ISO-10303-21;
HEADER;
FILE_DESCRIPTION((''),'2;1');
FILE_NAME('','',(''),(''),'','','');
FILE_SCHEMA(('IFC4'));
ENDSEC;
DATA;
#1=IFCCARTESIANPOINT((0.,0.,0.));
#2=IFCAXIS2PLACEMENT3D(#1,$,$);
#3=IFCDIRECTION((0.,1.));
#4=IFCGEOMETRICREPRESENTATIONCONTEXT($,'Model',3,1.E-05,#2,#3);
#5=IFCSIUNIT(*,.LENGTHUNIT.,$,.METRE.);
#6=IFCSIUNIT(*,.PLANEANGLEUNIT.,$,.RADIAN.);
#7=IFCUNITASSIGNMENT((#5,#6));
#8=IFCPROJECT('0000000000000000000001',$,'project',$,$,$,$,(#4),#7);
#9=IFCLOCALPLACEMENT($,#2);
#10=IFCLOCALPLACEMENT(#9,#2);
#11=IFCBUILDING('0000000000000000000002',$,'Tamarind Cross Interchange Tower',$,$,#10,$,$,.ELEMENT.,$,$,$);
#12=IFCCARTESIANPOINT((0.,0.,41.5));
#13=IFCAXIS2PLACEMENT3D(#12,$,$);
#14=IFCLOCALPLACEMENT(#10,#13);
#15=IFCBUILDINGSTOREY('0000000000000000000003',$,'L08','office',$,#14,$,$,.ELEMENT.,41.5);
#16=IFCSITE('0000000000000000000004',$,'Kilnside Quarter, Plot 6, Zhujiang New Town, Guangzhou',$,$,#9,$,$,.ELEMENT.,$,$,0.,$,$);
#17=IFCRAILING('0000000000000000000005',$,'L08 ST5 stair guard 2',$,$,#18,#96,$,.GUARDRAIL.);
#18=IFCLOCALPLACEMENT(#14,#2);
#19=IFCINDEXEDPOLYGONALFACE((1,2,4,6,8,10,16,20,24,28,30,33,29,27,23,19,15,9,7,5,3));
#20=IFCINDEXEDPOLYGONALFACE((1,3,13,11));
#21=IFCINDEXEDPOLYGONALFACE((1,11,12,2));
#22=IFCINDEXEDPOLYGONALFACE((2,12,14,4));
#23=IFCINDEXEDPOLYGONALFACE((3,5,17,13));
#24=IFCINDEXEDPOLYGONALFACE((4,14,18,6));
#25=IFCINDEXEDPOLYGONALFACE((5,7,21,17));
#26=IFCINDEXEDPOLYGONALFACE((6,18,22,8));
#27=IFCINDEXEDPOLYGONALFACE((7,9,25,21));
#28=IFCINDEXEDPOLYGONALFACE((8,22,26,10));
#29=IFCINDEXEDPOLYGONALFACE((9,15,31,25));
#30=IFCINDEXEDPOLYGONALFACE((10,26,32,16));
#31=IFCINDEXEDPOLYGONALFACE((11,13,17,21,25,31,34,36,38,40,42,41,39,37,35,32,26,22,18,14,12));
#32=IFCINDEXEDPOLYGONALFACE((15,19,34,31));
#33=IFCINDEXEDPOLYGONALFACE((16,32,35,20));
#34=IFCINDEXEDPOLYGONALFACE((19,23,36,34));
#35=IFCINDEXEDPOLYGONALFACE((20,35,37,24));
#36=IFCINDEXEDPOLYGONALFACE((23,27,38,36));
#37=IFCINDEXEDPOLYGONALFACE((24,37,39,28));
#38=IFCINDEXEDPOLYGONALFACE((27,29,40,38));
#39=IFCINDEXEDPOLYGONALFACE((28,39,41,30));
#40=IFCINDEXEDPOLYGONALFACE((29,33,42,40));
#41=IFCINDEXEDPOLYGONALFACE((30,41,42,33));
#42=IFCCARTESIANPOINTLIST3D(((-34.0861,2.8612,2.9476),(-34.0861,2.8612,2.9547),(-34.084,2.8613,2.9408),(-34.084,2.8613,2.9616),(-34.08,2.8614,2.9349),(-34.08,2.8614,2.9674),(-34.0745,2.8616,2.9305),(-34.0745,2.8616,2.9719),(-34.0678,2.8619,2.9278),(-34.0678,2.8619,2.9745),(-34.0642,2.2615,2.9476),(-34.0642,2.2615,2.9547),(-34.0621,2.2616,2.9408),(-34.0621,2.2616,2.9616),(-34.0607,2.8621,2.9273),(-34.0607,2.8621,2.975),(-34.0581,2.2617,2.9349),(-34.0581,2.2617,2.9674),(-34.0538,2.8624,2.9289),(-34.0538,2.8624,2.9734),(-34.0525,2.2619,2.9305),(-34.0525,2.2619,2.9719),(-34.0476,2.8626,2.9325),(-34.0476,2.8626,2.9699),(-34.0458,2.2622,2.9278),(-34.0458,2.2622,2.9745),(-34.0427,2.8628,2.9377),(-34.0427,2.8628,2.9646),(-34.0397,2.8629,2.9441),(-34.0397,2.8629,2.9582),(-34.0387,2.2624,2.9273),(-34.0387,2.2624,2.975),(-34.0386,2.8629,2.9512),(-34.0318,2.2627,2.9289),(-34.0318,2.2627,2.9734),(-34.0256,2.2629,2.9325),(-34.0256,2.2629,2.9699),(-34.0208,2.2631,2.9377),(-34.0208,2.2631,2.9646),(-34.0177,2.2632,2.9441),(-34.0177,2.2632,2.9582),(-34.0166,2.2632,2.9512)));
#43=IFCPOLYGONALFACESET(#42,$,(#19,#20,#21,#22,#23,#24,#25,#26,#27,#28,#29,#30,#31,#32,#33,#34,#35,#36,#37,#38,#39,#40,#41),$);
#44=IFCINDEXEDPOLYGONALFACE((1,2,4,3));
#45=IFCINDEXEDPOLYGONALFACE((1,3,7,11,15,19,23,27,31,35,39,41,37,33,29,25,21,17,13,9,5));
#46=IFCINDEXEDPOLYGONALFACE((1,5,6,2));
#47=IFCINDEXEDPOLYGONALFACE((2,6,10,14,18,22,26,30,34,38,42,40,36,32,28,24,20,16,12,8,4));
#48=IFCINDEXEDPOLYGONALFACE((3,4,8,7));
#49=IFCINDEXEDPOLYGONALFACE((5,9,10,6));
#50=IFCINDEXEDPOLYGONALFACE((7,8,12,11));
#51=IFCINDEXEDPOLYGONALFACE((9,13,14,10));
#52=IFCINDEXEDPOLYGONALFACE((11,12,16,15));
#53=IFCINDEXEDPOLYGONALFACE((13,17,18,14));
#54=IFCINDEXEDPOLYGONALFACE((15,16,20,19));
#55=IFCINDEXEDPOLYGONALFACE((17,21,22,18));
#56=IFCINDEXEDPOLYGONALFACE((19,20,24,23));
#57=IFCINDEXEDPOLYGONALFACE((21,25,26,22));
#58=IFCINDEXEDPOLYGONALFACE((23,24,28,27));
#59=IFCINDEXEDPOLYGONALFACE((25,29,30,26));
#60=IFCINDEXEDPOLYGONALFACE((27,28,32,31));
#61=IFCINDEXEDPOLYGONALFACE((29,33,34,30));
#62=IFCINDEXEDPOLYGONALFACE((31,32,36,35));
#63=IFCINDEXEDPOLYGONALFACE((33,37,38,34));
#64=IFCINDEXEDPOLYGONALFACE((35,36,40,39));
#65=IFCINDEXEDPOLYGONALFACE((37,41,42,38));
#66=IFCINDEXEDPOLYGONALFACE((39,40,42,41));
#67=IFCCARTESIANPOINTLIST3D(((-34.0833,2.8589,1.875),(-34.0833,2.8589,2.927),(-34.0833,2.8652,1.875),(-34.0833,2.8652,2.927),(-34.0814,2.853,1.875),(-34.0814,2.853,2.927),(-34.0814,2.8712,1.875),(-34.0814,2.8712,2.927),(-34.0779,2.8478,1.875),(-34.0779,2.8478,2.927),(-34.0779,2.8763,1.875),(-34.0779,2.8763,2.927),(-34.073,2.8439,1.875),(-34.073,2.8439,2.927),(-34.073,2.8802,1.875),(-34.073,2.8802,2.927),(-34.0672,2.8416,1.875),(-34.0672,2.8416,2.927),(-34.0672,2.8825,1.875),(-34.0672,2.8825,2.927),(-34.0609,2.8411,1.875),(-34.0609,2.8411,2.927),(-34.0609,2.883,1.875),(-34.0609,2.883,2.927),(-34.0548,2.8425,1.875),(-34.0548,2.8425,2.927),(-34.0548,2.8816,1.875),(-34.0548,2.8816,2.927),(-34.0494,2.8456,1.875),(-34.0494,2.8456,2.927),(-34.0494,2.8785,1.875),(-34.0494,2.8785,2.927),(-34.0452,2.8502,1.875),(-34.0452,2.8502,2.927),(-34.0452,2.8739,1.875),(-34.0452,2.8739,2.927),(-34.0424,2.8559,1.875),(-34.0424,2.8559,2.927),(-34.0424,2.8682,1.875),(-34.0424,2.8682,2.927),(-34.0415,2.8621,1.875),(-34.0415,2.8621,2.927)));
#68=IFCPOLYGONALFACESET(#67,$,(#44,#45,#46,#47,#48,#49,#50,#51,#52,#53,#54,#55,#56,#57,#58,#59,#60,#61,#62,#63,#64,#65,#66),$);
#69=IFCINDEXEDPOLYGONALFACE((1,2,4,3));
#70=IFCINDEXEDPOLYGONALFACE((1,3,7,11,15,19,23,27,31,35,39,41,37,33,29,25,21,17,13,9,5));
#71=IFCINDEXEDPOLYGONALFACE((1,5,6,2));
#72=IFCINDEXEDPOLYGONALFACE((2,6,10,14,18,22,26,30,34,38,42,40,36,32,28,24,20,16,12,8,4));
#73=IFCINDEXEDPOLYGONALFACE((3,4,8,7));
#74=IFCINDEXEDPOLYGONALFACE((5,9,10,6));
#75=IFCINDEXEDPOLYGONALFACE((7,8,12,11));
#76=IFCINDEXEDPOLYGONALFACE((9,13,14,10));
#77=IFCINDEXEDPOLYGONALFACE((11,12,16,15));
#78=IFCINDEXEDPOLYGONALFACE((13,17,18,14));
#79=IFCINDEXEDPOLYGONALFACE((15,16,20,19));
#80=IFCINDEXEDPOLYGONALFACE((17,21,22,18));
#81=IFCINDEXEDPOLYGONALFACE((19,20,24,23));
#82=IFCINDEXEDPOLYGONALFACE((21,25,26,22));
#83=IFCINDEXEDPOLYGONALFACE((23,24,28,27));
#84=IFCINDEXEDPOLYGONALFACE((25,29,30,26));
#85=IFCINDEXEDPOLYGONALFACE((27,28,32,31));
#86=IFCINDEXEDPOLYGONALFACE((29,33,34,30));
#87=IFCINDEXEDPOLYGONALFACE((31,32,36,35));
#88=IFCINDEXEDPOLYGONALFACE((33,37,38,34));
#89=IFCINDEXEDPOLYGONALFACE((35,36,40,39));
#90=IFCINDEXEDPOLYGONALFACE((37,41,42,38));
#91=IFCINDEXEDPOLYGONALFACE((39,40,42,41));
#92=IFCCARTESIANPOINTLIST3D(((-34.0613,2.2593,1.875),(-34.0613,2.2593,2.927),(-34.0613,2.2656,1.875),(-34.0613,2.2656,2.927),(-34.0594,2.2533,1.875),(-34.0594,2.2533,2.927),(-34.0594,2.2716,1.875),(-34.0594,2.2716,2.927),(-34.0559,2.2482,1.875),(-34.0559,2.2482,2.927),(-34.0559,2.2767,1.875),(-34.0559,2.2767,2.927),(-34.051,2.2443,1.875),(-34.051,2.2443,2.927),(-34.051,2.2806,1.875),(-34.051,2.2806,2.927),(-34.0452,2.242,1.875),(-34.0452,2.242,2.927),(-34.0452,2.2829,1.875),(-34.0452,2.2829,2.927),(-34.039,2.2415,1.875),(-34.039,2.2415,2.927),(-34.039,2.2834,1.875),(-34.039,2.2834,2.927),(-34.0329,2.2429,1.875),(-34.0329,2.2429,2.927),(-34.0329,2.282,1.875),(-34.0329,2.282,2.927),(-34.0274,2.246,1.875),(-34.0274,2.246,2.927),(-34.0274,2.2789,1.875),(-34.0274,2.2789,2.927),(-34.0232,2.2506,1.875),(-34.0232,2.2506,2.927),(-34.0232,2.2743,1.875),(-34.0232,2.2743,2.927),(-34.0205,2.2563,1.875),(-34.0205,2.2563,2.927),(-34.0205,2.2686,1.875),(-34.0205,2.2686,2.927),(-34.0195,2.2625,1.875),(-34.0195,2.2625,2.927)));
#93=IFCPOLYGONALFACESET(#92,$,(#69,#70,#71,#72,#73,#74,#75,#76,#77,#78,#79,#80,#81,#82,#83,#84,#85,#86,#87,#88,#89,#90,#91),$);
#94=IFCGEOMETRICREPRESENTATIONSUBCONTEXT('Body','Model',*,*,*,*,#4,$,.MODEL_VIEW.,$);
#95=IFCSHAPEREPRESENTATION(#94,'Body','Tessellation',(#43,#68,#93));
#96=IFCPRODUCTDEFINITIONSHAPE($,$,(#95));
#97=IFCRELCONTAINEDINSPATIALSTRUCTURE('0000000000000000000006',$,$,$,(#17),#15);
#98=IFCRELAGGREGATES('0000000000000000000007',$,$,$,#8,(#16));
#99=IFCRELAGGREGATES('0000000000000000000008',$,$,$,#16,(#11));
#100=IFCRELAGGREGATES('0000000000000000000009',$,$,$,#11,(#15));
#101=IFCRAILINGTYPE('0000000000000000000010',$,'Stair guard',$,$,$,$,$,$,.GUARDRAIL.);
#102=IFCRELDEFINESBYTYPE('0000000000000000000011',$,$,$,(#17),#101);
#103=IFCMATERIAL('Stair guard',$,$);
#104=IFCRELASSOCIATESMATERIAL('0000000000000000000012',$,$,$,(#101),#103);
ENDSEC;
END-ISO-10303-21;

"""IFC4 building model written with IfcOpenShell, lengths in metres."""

from ifc_helpers import new_model, si_unit, direction, frame, origin, origin_2d, place, context, subcontext, project, spatial, circle, extrude, material, type_object, element, save


model = new_model("IFC4")

# Units and contexts
model_context = context("Model", 3, precision=1e-05, world=origin(), true_north=direction((0.0, 1.0)))
body_context = subcontext(model_context, "Body", "Model", "MODEL_VIEW")
ifc_project = project(units=[si_unit("LENGTHUNIT", "METRE"), si_unit("PLANEANGLEUNIT", "RADIAN")], contexts=[model_context])

# Site, building, storey
site_placement = place(None, origin())
site = spatial("IfcSite", under=ifc_project, at=site_placement, Name="Kilnside Quarter, Plot 6, Zhujiang New Town, Guangzhou", CompositionType="ELEMENT", RefElevation=0.0)
building_placement = place(site_placement, origin())
building = spatial("IfcBuilding", under=site, at=building_placement, Name="Tamarind Cross Interchange Tower", CompositionType="ELEMENT")
storey_placement = place(building_placement, frame((0.0, 0.0, 41.5)))
storey = spatial("IfcBuildingStorey", under=building, at=storey_placement, Name="L08", Description="office", CompositionType="ELEMENT", Elevation=41.5)

# Railing
ifc_material_1 = material(Name="Stair guard")
railing_type_1 = type_object("IfcRailingType", Name="Stair guard", PredefinedType="GUARDRAIL", material=ifc_material_1)
railing_1_placement = place(storey_placement, frame((-34.0625, 2.8621, 1.875)))
element("IfcRailing", 1, at=railing_1_placement, inside=storey, type_object=railing_type_1, Name="L08 ST5 stair guard 2", PredefinedType="GUARDRAIL", context=body_context, shape_type="SweptSolid", body=[
    extrude(circle(Radius=0.0239, at=origin_2d()), frame((0.0, 0.0, 1.0762), z_axis=(0.03662, -0.999329, 0.0), x_axis=(0.999329, 0.03662, 0.0)), (0.0, 0.0, 1.0), 0.6001),
    extrude(circle(Radius=0.021, at=origin_2d()), origin(), (0.0, 0.0, 1.0), 1.052),
    extrude(circle(Radius=0.021, at=origin_2d()), frame((0.022, -0.5996, 0.0)), (0.0, 0.0, 1.0), 1.052),
])

save(model, "model.ifc")
